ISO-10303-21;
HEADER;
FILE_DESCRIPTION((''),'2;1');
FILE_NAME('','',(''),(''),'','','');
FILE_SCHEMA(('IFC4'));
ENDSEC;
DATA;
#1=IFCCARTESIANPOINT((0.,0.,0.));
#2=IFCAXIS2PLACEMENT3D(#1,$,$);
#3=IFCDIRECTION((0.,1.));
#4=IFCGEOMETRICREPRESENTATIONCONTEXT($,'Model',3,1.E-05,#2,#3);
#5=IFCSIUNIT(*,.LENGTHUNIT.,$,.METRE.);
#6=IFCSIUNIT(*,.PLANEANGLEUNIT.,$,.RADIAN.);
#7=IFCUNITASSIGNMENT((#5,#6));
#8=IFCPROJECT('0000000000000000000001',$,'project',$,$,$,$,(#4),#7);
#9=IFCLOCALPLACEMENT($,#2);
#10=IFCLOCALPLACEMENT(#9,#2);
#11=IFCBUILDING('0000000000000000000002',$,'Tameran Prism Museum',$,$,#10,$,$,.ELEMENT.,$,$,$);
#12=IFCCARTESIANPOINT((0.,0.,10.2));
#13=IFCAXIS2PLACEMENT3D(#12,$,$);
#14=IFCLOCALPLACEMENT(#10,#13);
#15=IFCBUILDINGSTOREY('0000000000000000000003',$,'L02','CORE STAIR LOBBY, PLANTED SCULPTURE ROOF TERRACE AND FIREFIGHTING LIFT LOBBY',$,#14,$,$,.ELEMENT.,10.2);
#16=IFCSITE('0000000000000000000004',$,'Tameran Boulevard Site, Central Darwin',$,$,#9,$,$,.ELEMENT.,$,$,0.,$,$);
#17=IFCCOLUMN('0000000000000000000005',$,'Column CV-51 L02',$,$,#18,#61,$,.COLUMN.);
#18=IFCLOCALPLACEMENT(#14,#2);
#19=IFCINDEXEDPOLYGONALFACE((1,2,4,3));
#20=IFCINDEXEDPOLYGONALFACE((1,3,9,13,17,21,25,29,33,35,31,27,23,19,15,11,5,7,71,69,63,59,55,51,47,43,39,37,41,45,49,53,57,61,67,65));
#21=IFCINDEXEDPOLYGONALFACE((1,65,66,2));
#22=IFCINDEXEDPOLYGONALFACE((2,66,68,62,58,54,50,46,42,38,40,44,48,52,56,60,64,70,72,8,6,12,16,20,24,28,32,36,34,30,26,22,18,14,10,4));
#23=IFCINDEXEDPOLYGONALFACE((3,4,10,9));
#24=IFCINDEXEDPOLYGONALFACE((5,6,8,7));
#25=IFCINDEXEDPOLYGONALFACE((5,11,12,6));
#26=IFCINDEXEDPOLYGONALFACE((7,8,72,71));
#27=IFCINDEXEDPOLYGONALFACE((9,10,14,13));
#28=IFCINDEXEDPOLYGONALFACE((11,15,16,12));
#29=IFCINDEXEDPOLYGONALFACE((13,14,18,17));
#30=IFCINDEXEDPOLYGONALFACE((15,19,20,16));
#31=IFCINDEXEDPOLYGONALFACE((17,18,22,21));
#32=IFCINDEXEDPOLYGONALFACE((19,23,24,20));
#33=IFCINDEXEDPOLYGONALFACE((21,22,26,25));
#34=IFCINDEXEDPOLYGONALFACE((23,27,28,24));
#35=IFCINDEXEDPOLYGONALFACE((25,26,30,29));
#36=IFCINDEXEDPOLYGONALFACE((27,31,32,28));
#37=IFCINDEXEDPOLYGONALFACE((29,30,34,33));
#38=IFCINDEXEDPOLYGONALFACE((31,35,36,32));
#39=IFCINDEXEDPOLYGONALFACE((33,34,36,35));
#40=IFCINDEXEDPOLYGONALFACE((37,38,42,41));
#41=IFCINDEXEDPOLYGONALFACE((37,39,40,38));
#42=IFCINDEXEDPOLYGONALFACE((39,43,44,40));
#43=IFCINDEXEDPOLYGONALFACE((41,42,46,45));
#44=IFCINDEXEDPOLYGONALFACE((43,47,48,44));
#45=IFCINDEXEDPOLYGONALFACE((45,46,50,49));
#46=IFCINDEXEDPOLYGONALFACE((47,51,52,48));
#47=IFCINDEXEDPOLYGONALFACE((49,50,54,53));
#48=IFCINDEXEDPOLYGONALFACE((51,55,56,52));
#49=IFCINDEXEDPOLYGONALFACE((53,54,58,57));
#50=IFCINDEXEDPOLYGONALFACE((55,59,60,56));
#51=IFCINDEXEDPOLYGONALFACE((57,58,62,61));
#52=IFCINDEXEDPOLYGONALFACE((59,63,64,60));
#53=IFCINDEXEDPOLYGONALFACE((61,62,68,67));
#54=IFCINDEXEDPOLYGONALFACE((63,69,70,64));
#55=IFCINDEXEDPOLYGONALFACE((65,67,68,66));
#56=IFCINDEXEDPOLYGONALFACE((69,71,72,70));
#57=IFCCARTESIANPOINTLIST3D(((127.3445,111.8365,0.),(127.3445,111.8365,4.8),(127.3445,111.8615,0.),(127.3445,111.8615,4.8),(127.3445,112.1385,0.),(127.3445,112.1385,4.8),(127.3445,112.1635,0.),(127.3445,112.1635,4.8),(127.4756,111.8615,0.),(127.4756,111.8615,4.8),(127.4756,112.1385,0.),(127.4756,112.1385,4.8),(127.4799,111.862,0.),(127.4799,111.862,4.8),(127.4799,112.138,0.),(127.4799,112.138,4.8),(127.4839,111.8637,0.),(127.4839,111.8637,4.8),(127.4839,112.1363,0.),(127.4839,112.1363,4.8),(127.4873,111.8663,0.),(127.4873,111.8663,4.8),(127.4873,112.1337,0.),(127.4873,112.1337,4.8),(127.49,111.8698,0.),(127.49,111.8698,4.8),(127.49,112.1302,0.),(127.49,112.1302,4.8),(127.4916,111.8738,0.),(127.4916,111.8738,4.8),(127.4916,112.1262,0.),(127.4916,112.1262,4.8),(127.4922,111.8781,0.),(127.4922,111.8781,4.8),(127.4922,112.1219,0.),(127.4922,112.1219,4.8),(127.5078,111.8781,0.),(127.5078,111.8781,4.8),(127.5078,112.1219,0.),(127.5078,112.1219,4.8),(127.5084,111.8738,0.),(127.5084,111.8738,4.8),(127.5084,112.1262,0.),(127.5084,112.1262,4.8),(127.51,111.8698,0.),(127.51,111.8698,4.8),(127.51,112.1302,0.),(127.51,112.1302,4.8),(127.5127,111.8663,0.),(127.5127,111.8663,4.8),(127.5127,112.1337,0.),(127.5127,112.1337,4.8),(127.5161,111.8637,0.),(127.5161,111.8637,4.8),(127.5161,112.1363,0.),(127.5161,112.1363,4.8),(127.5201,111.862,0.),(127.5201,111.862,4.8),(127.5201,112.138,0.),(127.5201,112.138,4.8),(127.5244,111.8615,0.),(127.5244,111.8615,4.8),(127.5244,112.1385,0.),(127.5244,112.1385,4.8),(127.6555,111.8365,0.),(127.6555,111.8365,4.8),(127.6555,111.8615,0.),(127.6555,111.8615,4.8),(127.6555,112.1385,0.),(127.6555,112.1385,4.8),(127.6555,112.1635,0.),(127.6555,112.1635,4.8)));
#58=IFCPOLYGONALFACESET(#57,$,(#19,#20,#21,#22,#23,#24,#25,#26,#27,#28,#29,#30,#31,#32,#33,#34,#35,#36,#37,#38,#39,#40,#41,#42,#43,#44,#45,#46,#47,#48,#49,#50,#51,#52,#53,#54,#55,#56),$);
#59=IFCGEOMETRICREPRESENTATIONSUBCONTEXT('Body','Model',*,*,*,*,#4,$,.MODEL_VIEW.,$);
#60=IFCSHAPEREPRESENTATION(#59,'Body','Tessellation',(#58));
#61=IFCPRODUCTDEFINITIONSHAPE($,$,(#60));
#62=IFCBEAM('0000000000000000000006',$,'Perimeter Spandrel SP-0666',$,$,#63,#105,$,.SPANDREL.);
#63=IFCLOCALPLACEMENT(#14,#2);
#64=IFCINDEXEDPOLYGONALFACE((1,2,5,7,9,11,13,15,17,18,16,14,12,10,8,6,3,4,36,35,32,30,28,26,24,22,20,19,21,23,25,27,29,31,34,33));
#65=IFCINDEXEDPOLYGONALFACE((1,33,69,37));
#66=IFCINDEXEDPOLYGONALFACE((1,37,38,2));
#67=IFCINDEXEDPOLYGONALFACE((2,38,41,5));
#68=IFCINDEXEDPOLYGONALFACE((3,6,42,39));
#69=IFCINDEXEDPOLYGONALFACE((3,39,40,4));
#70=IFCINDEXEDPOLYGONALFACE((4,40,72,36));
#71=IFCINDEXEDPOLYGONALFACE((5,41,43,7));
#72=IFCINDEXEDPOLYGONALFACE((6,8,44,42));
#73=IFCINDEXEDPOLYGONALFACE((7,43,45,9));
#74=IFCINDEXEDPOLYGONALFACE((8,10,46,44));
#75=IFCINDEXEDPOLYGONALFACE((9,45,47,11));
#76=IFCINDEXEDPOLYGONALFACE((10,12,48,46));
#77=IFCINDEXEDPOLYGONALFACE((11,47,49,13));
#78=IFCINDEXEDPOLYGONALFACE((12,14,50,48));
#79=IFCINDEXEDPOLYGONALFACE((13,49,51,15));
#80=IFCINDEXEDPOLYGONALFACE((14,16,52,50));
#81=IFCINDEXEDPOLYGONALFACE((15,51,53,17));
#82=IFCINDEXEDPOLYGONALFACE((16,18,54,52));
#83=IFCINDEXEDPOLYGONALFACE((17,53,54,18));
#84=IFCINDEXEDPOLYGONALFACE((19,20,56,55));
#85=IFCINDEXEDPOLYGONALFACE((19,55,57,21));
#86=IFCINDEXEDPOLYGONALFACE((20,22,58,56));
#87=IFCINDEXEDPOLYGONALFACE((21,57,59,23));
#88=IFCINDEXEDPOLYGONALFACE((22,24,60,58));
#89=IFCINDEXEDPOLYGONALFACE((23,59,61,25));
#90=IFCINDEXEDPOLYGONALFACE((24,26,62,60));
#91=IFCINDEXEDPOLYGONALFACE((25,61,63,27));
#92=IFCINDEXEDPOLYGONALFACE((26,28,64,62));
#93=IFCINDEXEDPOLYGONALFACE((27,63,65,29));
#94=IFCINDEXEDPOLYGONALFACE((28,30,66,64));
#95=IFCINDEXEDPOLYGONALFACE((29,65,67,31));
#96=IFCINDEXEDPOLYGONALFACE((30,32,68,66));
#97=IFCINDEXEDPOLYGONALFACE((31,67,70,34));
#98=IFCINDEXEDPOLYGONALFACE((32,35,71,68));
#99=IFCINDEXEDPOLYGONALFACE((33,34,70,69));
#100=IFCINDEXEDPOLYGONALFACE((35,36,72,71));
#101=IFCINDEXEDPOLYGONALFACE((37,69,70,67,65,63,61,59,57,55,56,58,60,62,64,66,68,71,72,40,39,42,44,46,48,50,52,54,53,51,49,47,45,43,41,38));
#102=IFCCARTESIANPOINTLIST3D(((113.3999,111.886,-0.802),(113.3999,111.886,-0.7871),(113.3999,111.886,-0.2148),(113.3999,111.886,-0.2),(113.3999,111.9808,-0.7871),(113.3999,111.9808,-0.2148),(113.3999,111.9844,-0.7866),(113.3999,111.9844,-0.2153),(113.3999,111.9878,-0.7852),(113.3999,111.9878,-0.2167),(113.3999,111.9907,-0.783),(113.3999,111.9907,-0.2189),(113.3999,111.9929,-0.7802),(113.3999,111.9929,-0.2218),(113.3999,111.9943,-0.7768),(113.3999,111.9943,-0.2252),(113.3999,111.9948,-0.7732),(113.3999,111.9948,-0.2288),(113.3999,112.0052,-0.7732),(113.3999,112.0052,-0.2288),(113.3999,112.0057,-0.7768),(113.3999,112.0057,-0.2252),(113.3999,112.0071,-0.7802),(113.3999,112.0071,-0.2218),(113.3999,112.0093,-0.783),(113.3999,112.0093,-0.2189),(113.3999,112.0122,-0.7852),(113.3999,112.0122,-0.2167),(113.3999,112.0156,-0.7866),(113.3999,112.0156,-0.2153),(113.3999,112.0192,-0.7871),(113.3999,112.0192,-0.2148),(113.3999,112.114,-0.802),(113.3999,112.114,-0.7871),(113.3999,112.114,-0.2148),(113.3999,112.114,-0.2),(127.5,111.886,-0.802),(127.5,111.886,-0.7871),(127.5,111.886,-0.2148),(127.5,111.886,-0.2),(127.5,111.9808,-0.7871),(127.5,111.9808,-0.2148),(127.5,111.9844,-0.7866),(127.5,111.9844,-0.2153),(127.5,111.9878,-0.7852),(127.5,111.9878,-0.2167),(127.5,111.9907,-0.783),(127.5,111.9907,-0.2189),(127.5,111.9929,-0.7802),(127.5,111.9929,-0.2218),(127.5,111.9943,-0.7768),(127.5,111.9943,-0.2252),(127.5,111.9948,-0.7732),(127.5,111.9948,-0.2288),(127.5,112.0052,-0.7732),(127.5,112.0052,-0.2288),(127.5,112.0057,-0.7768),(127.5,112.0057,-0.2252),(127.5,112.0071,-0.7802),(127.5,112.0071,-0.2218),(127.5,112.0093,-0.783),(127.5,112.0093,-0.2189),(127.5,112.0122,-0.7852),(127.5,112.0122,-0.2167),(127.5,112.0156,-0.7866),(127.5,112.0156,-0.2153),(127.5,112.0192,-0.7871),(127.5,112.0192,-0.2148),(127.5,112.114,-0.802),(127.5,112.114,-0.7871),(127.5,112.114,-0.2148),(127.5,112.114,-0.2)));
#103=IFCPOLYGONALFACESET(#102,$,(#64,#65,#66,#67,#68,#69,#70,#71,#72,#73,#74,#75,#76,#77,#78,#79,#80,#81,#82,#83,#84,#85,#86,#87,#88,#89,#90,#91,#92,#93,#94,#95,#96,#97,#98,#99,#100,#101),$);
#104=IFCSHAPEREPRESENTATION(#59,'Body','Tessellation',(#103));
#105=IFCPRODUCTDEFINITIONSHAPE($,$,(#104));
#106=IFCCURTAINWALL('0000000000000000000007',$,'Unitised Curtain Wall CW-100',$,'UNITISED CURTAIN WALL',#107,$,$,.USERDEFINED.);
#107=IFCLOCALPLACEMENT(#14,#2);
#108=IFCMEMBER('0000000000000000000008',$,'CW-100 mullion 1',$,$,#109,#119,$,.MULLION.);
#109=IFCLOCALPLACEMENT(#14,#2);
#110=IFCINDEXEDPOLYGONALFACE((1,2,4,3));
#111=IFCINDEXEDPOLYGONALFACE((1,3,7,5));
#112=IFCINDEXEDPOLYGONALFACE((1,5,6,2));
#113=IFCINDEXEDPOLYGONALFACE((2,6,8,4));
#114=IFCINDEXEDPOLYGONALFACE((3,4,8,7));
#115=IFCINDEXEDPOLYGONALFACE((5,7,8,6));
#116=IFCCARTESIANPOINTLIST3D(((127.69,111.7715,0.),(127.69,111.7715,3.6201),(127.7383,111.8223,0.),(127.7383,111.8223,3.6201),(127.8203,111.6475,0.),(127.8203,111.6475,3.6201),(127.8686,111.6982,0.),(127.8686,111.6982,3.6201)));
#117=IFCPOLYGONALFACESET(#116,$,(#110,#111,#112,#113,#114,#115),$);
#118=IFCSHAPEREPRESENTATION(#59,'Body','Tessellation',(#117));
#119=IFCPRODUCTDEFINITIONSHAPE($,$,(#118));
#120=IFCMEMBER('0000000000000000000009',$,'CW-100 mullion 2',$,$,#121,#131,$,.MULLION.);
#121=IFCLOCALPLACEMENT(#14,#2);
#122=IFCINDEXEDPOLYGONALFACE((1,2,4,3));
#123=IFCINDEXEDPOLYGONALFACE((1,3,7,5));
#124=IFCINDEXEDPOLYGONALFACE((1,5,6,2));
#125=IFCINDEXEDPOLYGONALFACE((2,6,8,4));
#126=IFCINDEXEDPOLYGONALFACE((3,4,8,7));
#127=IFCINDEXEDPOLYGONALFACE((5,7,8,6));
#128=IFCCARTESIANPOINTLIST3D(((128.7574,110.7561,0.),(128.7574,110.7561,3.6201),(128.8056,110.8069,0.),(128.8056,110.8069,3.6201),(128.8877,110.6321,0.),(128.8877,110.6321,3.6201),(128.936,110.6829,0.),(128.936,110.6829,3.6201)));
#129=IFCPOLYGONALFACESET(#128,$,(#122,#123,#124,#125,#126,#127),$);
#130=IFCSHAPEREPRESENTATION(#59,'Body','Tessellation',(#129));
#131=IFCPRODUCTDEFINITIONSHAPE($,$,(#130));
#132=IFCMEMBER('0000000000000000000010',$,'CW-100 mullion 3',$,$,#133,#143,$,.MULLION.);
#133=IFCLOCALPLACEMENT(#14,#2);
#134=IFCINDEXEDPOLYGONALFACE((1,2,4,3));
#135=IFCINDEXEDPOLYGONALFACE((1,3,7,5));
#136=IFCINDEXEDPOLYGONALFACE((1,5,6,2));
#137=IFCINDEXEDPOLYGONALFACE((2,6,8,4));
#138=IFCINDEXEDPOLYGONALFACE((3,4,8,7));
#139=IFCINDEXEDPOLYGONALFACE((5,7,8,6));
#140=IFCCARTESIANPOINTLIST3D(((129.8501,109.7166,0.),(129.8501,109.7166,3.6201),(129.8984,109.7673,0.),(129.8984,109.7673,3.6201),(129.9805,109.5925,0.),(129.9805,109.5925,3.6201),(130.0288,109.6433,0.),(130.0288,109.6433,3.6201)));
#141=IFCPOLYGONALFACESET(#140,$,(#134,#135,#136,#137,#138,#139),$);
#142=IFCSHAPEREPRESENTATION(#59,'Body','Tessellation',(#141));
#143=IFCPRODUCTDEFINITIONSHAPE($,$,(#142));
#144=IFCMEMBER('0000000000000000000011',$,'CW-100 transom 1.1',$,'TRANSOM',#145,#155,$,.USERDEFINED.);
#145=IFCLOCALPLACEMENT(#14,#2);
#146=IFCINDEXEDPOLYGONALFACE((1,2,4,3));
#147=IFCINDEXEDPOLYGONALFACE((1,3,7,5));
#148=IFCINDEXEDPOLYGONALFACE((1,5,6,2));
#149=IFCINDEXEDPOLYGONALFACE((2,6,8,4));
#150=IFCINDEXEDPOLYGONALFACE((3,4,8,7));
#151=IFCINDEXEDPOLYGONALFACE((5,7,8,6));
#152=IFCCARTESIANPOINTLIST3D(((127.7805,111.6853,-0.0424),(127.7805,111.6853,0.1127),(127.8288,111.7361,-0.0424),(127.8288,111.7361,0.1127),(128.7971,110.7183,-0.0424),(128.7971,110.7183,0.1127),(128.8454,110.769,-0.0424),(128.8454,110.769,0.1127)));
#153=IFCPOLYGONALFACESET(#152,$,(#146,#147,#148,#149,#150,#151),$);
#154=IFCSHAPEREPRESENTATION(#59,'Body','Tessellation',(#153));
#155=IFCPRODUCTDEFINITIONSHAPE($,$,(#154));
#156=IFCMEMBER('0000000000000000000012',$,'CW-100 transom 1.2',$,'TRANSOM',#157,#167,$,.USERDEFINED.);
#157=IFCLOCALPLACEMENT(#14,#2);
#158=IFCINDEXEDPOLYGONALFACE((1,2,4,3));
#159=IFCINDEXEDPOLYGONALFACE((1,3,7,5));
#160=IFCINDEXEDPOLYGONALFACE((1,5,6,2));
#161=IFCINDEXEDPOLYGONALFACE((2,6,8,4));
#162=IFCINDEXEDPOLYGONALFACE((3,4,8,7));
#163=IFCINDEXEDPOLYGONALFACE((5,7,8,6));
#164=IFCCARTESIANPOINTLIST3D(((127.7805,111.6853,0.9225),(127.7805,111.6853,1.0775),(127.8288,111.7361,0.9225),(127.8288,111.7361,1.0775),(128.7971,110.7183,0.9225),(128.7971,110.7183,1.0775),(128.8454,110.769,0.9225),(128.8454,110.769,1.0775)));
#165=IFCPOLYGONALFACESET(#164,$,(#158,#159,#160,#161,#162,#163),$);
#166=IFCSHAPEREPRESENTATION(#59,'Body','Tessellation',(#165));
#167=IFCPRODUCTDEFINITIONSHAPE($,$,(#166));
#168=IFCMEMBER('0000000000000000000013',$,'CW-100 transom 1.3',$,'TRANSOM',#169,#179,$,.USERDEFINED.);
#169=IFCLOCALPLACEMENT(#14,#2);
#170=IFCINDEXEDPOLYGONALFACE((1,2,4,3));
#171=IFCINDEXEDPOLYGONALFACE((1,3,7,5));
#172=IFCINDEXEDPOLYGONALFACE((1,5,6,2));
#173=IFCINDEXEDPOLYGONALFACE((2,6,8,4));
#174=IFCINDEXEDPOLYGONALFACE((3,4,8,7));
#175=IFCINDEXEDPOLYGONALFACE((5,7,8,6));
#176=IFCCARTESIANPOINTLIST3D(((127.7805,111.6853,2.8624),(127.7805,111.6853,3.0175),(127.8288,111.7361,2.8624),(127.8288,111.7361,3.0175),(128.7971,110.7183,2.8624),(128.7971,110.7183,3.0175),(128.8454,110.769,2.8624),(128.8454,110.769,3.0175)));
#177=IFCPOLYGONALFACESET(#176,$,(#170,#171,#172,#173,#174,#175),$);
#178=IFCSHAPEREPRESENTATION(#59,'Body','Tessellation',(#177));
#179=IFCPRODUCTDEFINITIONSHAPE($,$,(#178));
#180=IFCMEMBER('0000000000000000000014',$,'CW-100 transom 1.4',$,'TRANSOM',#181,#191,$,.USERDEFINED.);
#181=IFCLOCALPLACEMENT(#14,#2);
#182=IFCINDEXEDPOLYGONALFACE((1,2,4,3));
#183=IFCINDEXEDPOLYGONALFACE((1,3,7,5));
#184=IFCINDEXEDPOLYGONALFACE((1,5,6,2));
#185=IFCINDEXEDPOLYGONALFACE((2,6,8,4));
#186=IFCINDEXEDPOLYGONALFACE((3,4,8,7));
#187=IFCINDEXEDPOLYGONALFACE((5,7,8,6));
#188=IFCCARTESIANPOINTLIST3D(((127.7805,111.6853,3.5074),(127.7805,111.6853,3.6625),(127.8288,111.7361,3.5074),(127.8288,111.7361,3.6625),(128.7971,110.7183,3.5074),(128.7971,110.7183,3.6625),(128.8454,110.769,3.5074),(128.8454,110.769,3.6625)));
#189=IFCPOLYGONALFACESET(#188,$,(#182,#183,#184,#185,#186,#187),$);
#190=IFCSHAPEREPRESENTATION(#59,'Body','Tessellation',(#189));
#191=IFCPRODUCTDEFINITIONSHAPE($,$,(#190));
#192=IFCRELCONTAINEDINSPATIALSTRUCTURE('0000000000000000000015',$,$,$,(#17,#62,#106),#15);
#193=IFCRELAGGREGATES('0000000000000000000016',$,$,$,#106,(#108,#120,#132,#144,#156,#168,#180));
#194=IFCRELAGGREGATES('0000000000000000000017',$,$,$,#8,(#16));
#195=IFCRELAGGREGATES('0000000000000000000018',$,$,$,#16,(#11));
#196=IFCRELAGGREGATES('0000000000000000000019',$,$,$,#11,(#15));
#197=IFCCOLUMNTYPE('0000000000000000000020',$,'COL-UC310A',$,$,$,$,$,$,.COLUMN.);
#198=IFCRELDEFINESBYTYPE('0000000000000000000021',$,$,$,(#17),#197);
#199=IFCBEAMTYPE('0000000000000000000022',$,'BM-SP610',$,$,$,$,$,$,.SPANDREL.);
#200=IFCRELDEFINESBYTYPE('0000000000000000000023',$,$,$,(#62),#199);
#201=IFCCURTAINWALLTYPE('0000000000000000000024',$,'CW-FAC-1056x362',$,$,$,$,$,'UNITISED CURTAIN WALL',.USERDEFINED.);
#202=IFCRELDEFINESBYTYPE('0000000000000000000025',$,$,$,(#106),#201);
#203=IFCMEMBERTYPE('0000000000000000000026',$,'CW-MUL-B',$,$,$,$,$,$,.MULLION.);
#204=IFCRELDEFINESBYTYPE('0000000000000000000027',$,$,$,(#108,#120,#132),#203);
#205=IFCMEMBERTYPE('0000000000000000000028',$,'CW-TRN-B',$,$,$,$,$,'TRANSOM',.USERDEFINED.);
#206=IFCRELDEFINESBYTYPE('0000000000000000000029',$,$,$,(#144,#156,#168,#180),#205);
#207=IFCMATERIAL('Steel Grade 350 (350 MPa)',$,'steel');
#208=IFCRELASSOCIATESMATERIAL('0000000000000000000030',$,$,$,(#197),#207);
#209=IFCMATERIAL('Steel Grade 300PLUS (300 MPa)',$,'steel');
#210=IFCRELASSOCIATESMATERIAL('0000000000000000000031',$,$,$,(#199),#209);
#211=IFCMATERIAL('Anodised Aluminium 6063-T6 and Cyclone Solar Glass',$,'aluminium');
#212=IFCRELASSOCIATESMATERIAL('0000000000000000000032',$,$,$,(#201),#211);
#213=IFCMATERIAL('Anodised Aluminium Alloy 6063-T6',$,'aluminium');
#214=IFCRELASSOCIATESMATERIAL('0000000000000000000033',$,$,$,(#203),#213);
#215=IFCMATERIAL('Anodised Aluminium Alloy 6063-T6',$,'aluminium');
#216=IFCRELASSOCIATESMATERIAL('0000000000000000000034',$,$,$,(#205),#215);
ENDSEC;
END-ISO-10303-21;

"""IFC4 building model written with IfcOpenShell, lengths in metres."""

from ifc_helpers import new_model, si_unit, direction, frame, origin, origin_2d, place, context, subcontext, project, spatial, rectangle, i_section, extrude, material, material_profile, profile_set, type_object, element, aggregate, save


model = new_model("IFC4")

# Units and contexts
model_context = context("Model", 3, precision=1e-05, world=origin(), true_north=direction((0.0, 1.0)))
body_context = subcontext(model_context, "Body", "Model", "MODEL_VIEW")
ifc_project = project(units=[si_unit("LENGTHUNIT", "METRE"), si_unit("PLANEANGLEUNIT", "RADIAN")], contexts=[model_context])

# Site, building, storey
site_placement = place(None, origin())
site = spatial("IfcSite", under=ifc_project, at=site_placement, Name="Tameran Boulevard Site, Central Darwin", CompositionType="ELEMENT", RefElevation=0.0)
building_placement = place(site_placement, origin())
building = spatial("IfcBuilding", under=site, at=building_placement, Name="Tameran Prism Museum", CompositionType="ELEMENT")
storey_placement = place(building_placement, frame((0.0, 0.0, 10.2)))
storey = spatial("IfcBuildingStorey", under=building, at=storey_placement, Name="L02", Description="CORE STAIR LOBBY, PLANTED SCULPTURE ROOF TERRACE AND FIREFIGHTING LIFT LOBBY", CompositionType="ELEMENT", Elevation=10.2)

# Column
ifc_material_1 = material(Name="Steel Grade 350 (350 MPa)", Category="steel")
ifc_material_profile_1 = material_profile(ifc_material_1, i_section(OverallWidth=0.311, OverallDepth=0.3269, WebThickness=0.0156, FlangeThickness=0.0249, FilletRadius=0.0166, at=origin_2d()))
ifc_profile_set_1 = profile_set([ifc_material_profile_1])
column_type = type_object("IfcColumnType", Name="COL-UC310A", PredefinedType="COLUMN", material=ifc_profile_set_1)
column_placement = place(storey_placement, frame((127.5, 112.0, 0.0), z_axis=(0.0, 0.0, 1.0), x_axis=(1.0, 0.0, 0.0)))
element("IfcColumn", 1, at=column_placement, inside=storey, type_object=column_type, Name="Column CV-51 L02", PredefinedType="COLUMN", context=body_context, shape_type="SweptSolid", body=[
    extrude(i_section(OverallWidth=0.311, OverallDepth=0.3269, WebThickness=0.0156, FlangeThickness=0.0249, FilletRadius=0.0166, at=origin_2d()), origin(), (0.0, 0.0, 1.0), 4.8),
])

# Beam
ifc_material_2 = material(Name="Steel Grade 300PLUS (300 MPa)", Category="steel")
ifc_material_profile_2 = material_profile(ifc_material_2, i_section(OverallWidth=0.228, OverallDepth=0.6021, WebThickness=0.0105, FlangeThickness=0.0149, FilletRadius=0.0139, at=origin_2d()))
ifc_profile_set_2 = profile_set([ifc_material_profile_2])
beam_type = type_object("IfcBeamType", Name="BM-SP610", PredefinedType="SPANDREL", material=ifc_profile_set_2)
beam_placement = place(storey_placement, frame((127.5, 112.0, -0.501), z_axis=(-1.0, 0.0, 0.0), x_axis=(0.0, -1.0, 0.0)))
element("IfcBeam", 2, at=beam_placement, inside=storey, type_object=beam_type, Name="Perimeter Spandrel SP-0666", PredefinedType="SPANDREL", context=body_context, shape_type="SweptSolid", body=[
    extrude(i_section(OverallWidth=0.228, OverallDepth=0.6021, WebThickness=0.0105, FlangeThickness=0.0149, FilletRadius=0.0139, at=origin_2d()), origin(), (0.0, 0.0, 1.0), 14.1001),
])

# Curtain wall, members
ifc_material_3 = material(Name="Anodised Aluminium 6063-T6 and Cyclone Solar Glass", Category="aluminium")
curtain_wall_type = type_object("IfcCurtainWallType", Name="CW-FAC-1056x362", ElementType="UNITISED CURTAIN WALL", PredefinedType="USERDEFINED", material=ifc_material_3)
curtain_wall_placement = place(storey_placement, origin())
curtain_wall = element("IfcCurtainWall", 3, at=curtain_wall_placement, inside=storey, type_object=curtain_wall_type, Name="Unitised Curtain Wall CW-100", ObjectType="UNITISED CURTAIN WALL", PredefinedType="USERDEFINED")
ifc_material_4 = material(Name="Anodised Aluminium Alloy 6063-T6", Category="aluminium")
ifc_material_profile_3 = material_profile(ifc_material_4, rectangle(XDim=0.0701, YDim=0.1799, at=origin_2d()))
ifc_profile_set_3 = profile_set([ifc_material_profile_3])
member_type_1 = type_object("IfcMemberType", Name="CW-MUL-B", PredefinedType="MULLION", material=ifc_profile_set_3)
member_1_placement = place(storey_placement, frame((127.7793, 111.7349, 0.0), z_axis=(0.0, 0.0, 1.0), x_axis=(0.68927, 0.724505, 0.0)))
member_1 = element("IfcMember", 4, at=member_1_placement, type_object=member_type_1, Name="CW-100 mullion 1", PredefinedType="MULLION", context=body_context, shape_type="SweptSolid", body=[
    extrude(rectangle(XDim=0.0701, YDim=0.1799, at=origin_2d()), origin(), (0.0, 0.0, 1.0), 3.6201),
])
member_2_placement = place(storey_placement, frame((128.8467, 110.7195, 0.0), z_axis=(0.0, 0.0, 1.0), x_axis=(0.68927, 0.724505, 0.0)))
member_2 = element("IfcMember", 5, at=member_2_placement, type_object=member_type_1, Name="CW-100 mullion 2", PredefinedType="MULLION", context=body_context, shape_type="SweptSolid", body=[
    extrude(rectangle(XDim=0.0701, YDim=0.1799, at=origin_2d()), origin(), (0.0, 0.0, 1.0), 3.6201),
])
member_3_placement = place(storey_placement, frame((129.9395, 109.6799, 0.0), z_axis=(0.0, 0.0, 1.0), x_axis=(0.68927, 0.724505, 0.0)))
member_3 = element("IfcMember", 6, at=member_3_placement, type_object=member_type_1, Name="CW-100 mullion 3", PredefinedType="MULLION", context=body_context, shape_type="SweptSolid", body=[
    extrude(rectangle(XDim=0.0701, YDim=0.1799, at=origin_2d()), origin(), (0.0, 0.0, 1.0), 3.6201),
])
ifc_material_5 = material(Name="Anodised Aluminium Alloy 6063-T6", Category="aluminium")
ifc_material_profile_4 = material_profile(ifc_material_5, rectangle(XDim=0.0701, YDim=0.155, at=origin_2d()))
ifc_profile_set_4 = profile_set([ifc_material_profile_4])
member_type_2 = type_object("IfcMemberType", Name="CW-TRN-B", ElementType="TRANSOM", PredefinedType="USERDEFINED", material=ifc_profile_set_4)
member_4_placement = place(storey_placement, frame((127.8047, 111.7107, 0.0352), z_axis=(0.724547, -0.689225, 0.0), x_axis=(0.689225, 0.724547, 0.0)))
member_4 = element("IfcMember", 7, at=member_4_placement, type_object=member_type_2, Name="CW-100 transom 1.1", ObjectType="TRANSOM", PredefinedType="USERDEFINED", context=body_context, shape_type="SweptSolid", body=[
    extrude(rectangle(XDim=0.0701, YDim=0.155, at=origin_2d()), origin(), (0.0, 0.0, 1.0), 1.4031),
])
member_5_placement = place(storey_placement, frame((127.8047, 111.7107, 1.0), z_axis=(0.724547, -0.689225, 0.0), x_axis=(0.689225, 0.724547, 0.0)))
member_5 = element("IfcMember", 8, at=member_5_placement, type_object=member_type_2, Name="CW-100 transom 1.2", ObjectType="TRANSOM", PredefinedType="USERDEFINED", context=body_context, shape_type="SweptSolid", body=[
    extrude(rectangle(XDim=0.0701, YDim=0.155, at=origin_2d()), origin(), (0.0, 0.0, 1.0), 1.4031),
])
member_6_placement = place(storey_placement, frame((127.8047, 111.7107, 2.9399), z_axis=(0.724547, -0.689225, 0.0), x_axis=(0.689225, 0.724547, 0.0)))
member_6 = element("IfcMember", 9, at=member_6_placement, type_object=member_type_2, Name="CW-100 transom 1.3", ObjectType="TRANSOM", PredefinedType="USERDEFINED", context=body_context, shape_type="SweptSolid", body=[
    extrude(rectangle(XDim=0.0701, YDim=0.155, at=origin_2d()), origin(), (0.0, 0.0, 1.0), 1.4031),
])
member_7_placement = place(storey_placement, frame((127.8047, 111.7107, 3.585), z_axis=(0.724547, -0.689225, 0.0), x_axis=(0.689225, 0.724547, 0.0)))
member_7 = element("IfcMember", 10, at=member_7_placement, type_object=member_type_2, Name="CW-100 transom 1.4", ObjectType="TRANSOM", PredefinedType="USERDEFINED", context=body_context, shape_type="SweptSolid", body=[
    extrude(rectangle(XDim=0.0701, YDim=0.155, at=origin_2d()), origin(), (0.0, 0.0, 1.0), 1.4031),
])
aggregate(curtain_wall, [member_1, member_2, member_3, member_4, member_5, member_6, member_7])

save(model, "model.ifc")
